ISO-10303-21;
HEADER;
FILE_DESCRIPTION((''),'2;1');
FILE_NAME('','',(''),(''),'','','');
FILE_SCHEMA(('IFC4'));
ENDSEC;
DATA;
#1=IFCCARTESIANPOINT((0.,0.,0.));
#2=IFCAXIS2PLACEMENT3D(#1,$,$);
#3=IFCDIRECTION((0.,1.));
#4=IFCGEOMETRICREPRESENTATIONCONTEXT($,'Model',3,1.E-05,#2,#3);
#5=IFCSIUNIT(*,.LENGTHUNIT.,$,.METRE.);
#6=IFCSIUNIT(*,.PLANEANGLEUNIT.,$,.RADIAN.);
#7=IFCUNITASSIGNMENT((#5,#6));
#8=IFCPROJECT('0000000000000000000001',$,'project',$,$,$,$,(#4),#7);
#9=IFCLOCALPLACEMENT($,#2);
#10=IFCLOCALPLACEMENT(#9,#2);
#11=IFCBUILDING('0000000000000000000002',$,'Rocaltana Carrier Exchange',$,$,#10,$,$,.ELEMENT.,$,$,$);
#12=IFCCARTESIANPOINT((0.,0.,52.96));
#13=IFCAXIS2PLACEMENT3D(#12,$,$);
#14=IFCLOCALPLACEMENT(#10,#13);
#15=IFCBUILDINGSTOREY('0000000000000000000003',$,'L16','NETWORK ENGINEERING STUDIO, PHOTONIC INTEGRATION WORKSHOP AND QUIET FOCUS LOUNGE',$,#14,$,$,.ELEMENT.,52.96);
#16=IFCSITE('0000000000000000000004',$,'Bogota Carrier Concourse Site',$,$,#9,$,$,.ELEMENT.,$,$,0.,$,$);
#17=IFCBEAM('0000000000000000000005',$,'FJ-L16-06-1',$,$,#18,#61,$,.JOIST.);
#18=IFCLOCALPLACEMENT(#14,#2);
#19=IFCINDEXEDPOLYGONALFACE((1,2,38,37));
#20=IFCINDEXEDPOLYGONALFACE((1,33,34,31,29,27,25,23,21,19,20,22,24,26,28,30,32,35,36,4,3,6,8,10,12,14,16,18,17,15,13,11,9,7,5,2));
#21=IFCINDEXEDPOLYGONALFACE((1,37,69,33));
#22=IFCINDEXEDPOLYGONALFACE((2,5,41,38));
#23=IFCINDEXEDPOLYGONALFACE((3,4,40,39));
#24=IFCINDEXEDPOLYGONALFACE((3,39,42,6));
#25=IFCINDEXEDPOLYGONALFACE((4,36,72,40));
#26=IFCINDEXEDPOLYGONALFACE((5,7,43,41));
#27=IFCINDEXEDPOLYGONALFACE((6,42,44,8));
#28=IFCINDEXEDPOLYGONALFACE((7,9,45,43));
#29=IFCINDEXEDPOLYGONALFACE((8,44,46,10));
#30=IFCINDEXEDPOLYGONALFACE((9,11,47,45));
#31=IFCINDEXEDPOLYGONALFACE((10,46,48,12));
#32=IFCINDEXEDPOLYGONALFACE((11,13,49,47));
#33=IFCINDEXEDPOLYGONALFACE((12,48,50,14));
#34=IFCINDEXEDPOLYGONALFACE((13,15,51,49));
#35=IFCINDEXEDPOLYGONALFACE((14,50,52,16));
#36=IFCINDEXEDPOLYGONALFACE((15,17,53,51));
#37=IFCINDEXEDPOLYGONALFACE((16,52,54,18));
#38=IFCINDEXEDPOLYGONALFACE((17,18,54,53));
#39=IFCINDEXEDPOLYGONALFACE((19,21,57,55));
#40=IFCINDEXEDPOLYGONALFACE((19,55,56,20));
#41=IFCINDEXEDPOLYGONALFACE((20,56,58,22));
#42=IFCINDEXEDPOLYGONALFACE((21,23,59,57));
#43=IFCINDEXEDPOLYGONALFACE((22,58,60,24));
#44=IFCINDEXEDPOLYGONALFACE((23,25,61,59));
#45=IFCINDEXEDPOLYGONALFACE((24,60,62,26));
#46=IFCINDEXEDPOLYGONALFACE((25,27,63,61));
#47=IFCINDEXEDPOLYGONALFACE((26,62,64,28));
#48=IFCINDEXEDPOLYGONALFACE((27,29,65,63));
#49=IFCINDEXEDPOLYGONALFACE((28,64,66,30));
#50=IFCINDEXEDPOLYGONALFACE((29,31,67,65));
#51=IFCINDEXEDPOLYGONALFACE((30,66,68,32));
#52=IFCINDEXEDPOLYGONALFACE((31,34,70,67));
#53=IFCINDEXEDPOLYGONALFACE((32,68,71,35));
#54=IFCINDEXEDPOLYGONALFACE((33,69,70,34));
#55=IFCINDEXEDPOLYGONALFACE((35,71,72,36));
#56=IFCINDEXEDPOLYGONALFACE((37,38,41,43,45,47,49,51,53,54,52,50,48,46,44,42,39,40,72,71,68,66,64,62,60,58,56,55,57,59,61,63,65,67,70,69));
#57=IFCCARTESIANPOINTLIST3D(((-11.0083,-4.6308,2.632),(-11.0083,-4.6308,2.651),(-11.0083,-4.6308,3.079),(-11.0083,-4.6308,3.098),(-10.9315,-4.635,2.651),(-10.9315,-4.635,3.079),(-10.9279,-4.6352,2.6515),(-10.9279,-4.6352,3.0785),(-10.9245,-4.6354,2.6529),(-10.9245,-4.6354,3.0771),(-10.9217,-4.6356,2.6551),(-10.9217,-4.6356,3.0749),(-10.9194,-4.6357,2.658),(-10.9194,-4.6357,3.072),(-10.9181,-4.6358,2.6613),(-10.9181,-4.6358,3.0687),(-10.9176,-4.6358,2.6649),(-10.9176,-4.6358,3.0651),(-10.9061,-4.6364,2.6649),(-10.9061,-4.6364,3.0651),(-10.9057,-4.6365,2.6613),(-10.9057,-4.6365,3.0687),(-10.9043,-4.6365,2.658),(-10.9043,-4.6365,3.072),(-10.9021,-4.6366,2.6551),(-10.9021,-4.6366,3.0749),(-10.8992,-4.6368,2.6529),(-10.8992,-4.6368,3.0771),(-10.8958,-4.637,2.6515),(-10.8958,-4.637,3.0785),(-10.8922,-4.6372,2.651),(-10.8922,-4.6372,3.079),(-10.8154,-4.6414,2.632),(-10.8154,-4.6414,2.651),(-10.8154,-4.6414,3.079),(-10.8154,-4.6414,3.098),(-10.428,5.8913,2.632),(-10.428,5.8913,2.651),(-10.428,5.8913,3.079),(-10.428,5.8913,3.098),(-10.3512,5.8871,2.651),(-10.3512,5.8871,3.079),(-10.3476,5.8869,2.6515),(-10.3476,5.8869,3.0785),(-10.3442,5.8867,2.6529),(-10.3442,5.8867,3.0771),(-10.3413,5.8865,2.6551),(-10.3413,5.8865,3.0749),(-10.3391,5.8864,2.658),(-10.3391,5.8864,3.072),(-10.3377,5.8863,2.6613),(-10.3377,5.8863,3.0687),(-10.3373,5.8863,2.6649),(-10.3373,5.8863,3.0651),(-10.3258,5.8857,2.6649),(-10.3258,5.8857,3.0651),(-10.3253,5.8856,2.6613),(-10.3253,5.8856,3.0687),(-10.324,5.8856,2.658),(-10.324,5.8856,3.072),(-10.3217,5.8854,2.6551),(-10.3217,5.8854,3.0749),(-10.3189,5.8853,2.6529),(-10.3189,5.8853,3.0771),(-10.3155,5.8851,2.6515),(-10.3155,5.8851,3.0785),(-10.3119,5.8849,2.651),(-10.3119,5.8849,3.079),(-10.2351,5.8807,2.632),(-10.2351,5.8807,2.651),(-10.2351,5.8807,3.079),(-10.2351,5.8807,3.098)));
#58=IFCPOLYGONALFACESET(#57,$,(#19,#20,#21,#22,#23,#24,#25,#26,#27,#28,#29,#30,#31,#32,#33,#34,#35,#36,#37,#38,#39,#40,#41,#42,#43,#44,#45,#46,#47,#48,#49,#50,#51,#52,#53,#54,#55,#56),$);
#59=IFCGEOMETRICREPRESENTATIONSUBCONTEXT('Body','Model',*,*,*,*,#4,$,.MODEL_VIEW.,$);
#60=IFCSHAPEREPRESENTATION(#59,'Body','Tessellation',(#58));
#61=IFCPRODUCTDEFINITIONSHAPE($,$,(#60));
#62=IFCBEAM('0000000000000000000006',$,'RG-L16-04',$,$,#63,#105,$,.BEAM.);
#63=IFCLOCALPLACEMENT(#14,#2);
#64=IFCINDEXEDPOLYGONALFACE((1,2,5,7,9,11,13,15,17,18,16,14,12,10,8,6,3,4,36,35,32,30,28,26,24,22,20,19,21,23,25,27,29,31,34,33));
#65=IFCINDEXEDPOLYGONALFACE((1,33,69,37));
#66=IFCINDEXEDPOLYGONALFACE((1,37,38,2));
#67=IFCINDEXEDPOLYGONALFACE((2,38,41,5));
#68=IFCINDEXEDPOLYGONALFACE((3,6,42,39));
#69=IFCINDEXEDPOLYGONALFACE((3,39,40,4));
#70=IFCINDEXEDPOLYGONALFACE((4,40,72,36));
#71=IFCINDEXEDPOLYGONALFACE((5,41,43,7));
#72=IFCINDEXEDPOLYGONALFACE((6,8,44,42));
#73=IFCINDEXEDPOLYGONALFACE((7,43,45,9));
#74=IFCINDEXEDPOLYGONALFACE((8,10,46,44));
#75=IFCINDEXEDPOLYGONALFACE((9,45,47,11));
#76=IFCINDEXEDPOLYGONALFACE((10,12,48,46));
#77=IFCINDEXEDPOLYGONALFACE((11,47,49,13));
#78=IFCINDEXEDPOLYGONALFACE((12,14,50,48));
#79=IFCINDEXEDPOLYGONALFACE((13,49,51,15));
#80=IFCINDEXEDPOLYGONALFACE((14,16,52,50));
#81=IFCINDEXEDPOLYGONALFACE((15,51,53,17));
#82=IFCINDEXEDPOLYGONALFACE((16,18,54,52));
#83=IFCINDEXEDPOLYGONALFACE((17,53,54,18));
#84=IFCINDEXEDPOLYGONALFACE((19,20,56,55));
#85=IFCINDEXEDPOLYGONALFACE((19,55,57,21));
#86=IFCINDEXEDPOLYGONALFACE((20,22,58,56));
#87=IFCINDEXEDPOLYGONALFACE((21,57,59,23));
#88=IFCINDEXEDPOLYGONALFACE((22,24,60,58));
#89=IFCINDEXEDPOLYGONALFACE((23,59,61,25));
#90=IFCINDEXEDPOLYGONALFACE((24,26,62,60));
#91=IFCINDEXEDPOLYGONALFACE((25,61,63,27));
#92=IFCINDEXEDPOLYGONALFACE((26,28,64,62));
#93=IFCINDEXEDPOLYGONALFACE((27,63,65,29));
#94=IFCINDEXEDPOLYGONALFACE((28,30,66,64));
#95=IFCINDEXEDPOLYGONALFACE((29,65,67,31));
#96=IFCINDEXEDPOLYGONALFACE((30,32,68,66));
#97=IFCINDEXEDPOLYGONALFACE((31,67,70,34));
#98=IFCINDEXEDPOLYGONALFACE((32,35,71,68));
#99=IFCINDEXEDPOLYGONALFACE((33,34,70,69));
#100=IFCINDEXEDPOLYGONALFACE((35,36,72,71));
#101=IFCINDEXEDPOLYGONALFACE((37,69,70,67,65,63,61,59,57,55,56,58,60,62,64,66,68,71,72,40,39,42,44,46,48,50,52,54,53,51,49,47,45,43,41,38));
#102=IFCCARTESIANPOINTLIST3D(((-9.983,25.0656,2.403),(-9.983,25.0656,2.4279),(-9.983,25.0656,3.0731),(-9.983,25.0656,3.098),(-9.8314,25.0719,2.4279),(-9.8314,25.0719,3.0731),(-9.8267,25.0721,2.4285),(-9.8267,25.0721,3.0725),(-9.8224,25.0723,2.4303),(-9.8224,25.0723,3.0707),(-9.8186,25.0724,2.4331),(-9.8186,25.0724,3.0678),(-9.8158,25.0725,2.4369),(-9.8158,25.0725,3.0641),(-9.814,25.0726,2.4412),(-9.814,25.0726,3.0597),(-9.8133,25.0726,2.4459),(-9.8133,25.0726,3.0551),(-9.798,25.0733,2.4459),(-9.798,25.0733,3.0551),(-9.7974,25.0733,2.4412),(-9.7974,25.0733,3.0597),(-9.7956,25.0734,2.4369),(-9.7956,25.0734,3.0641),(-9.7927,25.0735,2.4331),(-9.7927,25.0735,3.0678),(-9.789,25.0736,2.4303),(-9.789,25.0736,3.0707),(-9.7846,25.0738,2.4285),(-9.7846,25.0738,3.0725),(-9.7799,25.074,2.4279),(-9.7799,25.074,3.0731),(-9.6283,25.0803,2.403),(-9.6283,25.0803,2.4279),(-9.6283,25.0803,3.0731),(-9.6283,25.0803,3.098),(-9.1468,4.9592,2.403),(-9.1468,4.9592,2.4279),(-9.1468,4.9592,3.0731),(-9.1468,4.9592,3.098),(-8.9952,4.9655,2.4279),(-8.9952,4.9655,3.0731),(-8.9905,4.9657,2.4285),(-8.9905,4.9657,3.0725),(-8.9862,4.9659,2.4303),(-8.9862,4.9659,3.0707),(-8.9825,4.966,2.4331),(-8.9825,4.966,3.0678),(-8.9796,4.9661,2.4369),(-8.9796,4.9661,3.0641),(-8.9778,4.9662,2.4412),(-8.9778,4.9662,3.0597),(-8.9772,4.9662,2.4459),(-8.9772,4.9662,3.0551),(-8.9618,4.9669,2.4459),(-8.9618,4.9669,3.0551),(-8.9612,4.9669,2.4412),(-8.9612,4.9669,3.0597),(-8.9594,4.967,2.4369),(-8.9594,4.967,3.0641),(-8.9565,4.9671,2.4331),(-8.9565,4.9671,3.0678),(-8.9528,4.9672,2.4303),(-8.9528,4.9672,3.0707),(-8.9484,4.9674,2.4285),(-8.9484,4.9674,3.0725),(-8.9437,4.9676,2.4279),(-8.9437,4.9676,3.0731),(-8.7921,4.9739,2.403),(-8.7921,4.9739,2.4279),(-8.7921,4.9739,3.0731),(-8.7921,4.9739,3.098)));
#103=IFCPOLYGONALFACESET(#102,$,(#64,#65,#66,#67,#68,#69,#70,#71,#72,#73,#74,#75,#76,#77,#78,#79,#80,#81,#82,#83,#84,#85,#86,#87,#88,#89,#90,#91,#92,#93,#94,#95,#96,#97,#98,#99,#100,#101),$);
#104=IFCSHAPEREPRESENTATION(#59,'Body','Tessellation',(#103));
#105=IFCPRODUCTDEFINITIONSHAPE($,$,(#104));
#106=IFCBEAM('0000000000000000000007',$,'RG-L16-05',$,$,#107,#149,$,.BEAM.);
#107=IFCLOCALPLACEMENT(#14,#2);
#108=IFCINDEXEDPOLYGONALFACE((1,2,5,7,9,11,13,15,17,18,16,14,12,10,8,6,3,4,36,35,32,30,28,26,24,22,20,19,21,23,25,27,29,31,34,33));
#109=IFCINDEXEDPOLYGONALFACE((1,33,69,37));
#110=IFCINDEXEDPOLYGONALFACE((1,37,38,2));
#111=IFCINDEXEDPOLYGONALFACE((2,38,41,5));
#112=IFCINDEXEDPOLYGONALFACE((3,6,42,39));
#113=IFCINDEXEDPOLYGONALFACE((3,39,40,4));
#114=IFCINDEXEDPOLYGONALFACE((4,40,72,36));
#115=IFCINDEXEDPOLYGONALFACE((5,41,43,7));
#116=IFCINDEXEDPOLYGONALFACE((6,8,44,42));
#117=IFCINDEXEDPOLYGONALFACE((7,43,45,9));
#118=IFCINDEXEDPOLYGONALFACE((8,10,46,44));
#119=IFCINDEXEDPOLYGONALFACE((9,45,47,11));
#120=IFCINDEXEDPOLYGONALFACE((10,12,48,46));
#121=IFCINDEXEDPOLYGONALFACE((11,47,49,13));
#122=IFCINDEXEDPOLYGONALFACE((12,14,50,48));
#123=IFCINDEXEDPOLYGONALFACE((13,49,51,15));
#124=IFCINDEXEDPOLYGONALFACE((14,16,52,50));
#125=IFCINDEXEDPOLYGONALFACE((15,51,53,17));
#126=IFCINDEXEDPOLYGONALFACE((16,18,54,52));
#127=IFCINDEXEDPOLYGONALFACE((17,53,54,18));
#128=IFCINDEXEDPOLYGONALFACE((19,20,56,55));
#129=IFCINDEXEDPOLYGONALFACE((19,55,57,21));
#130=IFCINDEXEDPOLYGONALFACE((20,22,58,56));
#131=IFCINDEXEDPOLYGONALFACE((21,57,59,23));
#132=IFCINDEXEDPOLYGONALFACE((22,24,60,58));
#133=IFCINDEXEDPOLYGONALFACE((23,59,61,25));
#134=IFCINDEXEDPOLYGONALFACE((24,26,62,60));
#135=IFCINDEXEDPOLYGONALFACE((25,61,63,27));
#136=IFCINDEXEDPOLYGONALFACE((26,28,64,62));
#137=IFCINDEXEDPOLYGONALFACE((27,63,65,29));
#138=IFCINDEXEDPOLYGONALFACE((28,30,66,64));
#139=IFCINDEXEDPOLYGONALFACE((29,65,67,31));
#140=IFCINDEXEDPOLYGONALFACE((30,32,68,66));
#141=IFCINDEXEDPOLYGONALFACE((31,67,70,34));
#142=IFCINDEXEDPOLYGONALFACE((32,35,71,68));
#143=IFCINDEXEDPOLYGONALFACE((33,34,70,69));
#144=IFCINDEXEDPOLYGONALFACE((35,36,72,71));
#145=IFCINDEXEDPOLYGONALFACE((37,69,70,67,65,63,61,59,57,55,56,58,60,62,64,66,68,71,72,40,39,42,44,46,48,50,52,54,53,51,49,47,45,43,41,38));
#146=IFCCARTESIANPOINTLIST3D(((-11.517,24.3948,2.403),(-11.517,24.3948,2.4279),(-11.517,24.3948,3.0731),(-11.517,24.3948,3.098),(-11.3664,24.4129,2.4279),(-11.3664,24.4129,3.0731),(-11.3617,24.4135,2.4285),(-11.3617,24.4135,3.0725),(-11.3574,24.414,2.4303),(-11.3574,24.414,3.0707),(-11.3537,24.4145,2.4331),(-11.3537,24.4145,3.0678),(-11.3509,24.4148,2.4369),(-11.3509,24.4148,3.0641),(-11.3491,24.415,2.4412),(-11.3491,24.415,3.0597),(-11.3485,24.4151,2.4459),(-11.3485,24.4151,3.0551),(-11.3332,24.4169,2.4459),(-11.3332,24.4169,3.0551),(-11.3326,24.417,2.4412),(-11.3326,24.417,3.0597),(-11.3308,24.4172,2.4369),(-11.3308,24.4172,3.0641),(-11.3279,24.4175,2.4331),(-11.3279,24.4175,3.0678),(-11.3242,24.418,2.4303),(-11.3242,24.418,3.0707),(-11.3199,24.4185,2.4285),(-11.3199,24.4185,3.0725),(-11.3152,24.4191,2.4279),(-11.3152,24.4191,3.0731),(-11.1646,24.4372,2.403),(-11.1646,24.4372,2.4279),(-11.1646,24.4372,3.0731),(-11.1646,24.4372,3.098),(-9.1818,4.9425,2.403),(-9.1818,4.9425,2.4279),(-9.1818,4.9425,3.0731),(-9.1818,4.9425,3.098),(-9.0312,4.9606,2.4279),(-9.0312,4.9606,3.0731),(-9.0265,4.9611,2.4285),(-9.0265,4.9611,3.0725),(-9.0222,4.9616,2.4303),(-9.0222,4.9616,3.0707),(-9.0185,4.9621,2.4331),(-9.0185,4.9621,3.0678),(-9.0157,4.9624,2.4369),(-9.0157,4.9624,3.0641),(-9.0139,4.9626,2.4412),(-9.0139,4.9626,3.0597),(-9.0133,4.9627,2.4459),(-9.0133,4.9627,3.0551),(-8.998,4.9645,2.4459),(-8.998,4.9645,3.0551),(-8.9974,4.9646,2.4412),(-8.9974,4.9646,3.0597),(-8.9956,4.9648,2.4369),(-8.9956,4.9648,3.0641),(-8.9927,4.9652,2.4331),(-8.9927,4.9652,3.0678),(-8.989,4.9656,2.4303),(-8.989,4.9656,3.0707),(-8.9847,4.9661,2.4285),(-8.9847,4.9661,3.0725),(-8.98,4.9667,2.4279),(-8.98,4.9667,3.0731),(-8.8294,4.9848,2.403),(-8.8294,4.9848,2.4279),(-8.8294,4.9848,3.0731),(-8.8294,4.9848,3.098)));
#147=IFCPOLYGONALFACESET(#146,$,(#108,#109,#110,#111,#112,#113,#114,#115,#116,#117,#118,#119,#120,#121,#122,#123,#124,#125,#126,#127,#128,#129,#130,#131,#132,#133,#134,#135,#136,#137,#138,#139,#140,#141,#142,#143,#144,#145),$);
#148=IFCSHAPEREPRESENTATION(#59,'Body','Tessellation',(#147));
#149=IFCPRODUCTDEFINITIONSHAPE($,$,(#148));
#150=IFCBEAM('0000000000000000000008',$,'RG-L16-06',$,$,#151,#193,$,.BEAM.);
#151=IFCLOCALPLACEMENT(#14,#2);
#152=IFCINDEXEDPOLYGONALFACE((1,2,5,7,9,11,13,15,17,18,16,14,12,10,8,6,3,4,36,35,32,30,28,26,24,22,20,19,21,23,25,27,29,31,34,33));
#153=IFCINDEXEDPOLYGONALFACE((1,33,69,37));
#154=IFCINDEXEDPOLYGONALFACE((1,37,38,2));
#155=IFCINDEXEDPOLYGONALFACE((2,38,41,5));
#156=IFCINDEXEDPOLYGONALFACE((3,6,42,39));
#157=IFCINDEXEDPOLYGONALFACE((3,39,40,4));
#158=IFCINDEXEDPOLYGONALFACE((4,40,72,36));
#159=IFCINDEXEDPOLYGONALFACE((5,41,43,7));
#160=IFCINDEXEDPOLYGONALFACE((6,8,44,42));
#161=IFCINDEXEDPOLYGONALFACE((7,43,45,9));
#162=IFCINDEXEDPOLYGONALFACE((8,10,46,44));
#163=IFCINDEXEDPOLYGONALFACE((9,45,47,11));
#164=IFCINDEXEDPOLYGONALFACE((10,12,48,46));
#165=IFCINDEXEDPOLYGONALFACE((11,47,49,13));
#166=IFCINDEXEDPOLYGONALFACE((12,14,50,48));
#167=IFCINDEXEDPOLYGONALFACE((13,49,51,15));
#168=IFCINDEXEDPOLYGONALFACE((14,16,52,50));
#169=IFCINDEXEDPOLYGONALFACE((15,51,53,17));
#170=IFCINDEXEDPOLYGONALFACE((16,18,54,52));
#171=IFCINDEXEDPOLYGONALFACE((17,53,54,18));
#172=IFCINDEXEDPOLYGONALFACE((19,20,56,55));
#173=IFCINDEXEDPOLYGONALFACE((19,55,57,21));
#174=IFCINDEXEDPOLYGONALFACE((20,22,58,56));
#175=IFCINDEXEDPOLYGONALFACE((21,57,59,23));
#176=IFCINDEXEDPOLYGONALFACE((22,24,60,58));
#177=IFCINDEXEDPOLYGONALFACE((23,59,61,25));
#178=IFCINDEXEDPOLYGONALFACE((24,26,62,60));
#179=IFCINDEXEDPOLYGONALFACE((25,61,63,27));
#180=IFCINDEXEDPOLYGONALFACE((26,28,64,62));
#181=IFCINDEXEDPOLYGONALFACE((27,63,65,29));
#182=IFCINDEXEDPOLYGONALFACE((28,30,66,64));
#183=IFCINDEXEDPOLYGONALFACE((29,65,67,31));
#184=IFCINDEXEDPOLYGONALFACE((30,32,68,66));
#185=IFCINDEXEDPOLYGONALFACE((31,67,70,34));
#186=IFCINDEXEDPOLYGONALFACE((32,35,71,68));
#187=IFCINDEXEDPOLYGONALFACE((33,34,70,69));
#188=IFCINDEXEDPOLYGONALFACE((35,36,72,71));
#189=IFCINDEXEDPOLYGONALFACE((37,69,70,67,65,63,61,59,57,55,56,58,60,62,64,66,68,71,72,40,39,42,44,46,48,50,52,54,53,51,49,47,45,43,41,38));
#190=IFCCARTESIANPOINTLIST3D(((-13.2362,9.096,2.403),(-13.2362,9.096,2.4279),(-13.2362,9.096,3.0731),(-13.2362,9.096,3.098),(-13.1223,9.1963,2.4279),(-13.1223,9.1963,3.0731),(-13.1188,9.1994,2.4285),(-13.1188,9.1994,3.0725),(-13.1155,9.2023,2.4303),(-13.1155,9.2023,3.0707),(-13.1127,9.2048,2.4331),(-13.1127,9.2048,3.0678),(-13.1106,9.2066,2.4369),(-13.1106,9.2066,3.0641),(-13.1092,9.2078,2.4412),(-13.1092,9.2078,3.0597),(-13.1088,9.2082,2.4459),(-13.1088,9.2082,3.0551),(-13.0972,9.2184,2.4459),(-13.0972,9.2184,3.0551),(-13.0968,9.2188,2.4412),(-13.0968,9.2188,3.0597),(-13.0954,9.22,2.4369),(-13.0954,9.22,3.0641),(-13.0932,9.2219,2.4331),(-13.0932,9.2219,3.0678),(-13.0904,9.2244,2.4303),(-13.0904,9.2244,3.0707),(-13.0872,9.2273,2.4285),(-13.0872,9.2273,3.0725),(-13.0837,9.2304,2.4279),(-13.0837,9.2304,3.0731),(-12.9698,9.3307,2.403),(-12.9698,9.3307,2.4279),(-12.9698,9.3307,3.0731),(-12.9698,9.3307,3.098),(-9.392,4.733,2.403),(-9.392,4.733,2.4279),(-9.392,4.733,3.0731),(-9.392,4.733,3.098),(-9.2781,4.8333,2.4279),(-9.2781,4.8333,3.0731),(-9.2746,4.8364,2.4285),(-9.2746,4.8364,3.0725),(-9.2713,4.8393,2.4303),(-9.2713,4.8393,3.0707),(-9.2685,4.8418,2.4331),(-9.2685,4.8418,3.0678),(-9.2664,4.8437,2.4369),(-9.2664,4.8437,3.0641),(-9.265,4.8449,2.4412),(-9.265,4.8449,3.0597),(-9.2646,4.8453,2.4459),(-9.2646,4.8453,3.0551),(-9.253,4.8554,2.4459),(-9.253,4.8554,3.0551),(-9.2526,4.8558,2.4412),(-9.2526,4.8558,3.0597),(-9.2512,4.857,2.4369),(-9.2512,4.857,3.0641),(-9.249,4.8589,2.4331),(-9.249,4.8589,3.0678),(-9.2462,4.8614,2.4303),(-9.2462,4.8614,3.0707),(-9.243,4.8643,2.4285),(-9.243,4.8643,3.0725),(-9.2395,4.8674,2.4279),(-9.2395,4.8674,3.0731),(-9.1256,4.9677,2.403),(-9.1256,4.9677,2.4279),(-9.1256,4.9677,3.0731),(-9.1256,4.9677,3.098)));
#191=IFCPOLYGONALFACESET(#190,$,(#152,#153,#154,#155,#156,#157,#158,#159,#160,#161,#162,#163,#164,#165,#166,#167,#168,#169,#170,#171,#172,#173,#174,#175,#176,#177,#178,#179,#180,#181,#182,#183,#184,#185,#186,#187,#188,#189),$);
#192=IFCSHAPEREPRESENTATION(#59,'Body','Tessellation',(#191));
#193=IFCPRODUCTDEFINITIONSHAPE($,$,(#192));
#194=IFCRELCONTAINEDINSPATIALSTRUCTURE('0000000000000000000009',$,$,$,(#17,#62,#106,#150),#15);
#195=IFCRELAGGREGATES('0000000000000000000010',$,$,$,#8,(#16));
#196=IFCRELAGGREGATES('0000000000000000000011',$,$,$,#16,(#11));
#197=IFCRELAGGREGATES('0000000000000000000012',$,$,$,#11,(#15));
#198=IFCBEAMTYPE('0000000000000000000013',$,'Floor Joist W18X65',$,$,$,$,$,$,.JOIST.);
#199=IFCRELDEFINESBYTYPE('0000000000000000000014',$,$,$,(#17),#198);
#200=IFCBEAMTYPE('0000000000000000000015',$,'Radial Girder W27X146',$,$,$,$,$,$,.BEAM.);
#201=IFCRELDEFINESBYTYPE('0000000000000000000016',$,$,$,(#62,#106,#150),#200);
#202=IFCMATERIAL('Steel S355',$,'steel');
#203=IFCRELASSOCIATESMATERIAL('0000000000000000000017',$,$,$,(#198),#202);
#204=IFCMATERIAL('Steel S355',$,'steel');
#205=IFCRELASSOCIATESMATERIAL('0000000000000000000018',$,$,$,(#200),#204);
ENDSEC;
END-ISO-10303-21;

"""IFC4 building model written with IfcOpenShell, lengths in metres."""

from ifc_helpers import new_model, si_unit, direction, frame, origin, origin_2d, place, context, subcontext, project, spatial, i_section, extrude, material, material_profile, profile_set, type_object, element, save


model = new_model("IFC4")

# Units and contexts
model_context = context("Model", 3, precision=1e-05, world=origin(), true_north=direction((0.0, 1.0)))
body_context = subcontext(model_context, "Body", "Model", "MODEL_VIEW")
ifc_project = project(units=[si_unit("LENGTHUNIT", "METRE"), si_unit("PLANEANGLEUNIT", "RADIAN")], contexts=[model_context])

# Site, building, storey
site_placement = place(None, origin())
site = spatial("IfcSite", under=ifc_project, at=site_placement, Name="Bogota Carrier Concourse Site", CompositionType="ELEMENT", RefElevation=0.0)
building_placement = place(site_placement, origin())
building = spatial("IfcBuilding", under=site, at=building_placement, Name="Rocaltana Carrier Exchange", CompositionType="ELEMENT")
storey_placement = place(building_placement, frame((0.0, 0.0, 52.96)))
storey = spatial("IfcBuildingStorey", under=building, at=storey_placement, Name="L16", Description="NETWORK ENGINEERING STUDIO, PHOTONIC INTEGRATION WORKSHOP AND QUIET FOCUS LOUNGE", CompositionType="ELEMENT", Elevation=52.96)

# Beams
ifc_material_1 = material(Name="Steel S355", Category="steel")
ifc_material_profile_1 = material_profile(ifc_material_1, i_section(OverallWidth=0.1931, OverallDepth=0.4661, WebThickness=0.0115, FlangeThickness=0.019, FilletRadius=0.0139, at=origin_2d()), Name="W18X65")
ifc_profile_set_1 = profile_set([ifc_material_profile_1], Name="Steel S355")
beam_type_1 = type_object("IfcBeamType", Name="Floor Joist W18X65", PredefinedType="JOIST", material=ifc_profile_set_1)
beam_1_placement = place(storey_placement, frame((-10.3315, 5.886, 2.865), z_axis=(-0.055068, -0.998483, 0.0), x_axis=(0.998483, -0.055068, 0.0)))
element("IfcBeam", 1, at=beam_1_placement, inside=storey, type_object=beam_type_1, Name="FJ-L16-06-1", PredefinedType="JOIST", context=body_context, shape_type="SweptSolid", body=[
    extrude(i_section(OverallWidth=0.1931, OverallDepth=0.4661, WebThickness=0.0115, FlangeThickness=0.019, FilletRadius=0.0139, at=origin_2d()), origin(), (0.0, 0.0, 1.0), 10.5381),
])
ifc_material_2 = material(Name="Steel S355", Category="steel")
ifc_material_profile_2 = material_profile(ifc_material_2, i_section(OverallWidth=0.355, OverallDepth=0.6951, WebThickness=0.0154, FlangeThickness=0.0249, FilletRadius=0.0181, at=origin_2d()), Name="W27X146")
ifc_profile_set_2 = profile_set([ifc_material_profile_2], Name="Steel S355")
beam_type_2 = type_object("IfcBeamType", Name="Radial Girder W27X146", PredefinedType="BEAM", material=ifc_profile_set_2)
beam_2_placement = place(storey_placement, frame((-8.9695, 4.9666, 2.7505), z_axis=(-0.041552, 0.999136, 0.0), x_axis=(-0.999136, -0.041552, 0.0)))
element("IfcBeam", 2, at=beam_2_placement, inside=storey, type_object=beam_type_2, Name="RG-L16-04", PredefinedType="BEAM", context=body_context, shape_type="SweptSolid", body=[
    extrude(i_section(OverallWidth=0.355, OverallDepth=0.6951, WebThickness=0.0154, FlangeThickness=0.0249, FilletRadius=0.0181, at=origin_2d()), origin(), (0.0, 0.0, 1.0), 20.1238),
])
beam_3_placement = place(storey_placement, frame((-9.0056, 4.9636, 2.7505), z_axis=(-0.119191, 0.992871, 0.0), x_axis=(-0.992871, -0.119191, 0.0)))
element("IfcBeam", 3, at=beam_3_placement, inside=storey, type_object=beam_type_2, Name="RG-L16-05", PredefinedType="BEAM", context=body_context, shape_type="SweptSolid", body=[
    extrude(i_section(OverallWidth=0.355, OverallDepth=0.6951, WebThickness=0.0154, FlangeThickness=0.0249, FilletRadius=0.0181, at=origin_2d()), origin(), (0.0, 0.0, 1.0), 19.592),
])
beam_4_placement = place(storey_placement, frame((-9.2588, 4.8503, 2.7505), z_axis=(-0.66109, 0.750307, 0.0), x_axis=(-0.750307, -0.66109, 0.0)))
element("IfcBeam", 4, at=beam_4_placement, inside=storey, type_object=beam_type_2, Name="RG-L16-06", PredefinedType="BEAM", context=body_context, shape_type="SweptSolid", body=[
    extrude(i_section(OverallWidth=0.355, OverallDepth=0.6951, WebThickness=0.0154, FlangeThickness=0.0249, FilletRadius=0.0181, at=origin_2d()), origin(), (0.0, 0.0, 1.0), 5.8149),
])

save(model, "model.ifc")
